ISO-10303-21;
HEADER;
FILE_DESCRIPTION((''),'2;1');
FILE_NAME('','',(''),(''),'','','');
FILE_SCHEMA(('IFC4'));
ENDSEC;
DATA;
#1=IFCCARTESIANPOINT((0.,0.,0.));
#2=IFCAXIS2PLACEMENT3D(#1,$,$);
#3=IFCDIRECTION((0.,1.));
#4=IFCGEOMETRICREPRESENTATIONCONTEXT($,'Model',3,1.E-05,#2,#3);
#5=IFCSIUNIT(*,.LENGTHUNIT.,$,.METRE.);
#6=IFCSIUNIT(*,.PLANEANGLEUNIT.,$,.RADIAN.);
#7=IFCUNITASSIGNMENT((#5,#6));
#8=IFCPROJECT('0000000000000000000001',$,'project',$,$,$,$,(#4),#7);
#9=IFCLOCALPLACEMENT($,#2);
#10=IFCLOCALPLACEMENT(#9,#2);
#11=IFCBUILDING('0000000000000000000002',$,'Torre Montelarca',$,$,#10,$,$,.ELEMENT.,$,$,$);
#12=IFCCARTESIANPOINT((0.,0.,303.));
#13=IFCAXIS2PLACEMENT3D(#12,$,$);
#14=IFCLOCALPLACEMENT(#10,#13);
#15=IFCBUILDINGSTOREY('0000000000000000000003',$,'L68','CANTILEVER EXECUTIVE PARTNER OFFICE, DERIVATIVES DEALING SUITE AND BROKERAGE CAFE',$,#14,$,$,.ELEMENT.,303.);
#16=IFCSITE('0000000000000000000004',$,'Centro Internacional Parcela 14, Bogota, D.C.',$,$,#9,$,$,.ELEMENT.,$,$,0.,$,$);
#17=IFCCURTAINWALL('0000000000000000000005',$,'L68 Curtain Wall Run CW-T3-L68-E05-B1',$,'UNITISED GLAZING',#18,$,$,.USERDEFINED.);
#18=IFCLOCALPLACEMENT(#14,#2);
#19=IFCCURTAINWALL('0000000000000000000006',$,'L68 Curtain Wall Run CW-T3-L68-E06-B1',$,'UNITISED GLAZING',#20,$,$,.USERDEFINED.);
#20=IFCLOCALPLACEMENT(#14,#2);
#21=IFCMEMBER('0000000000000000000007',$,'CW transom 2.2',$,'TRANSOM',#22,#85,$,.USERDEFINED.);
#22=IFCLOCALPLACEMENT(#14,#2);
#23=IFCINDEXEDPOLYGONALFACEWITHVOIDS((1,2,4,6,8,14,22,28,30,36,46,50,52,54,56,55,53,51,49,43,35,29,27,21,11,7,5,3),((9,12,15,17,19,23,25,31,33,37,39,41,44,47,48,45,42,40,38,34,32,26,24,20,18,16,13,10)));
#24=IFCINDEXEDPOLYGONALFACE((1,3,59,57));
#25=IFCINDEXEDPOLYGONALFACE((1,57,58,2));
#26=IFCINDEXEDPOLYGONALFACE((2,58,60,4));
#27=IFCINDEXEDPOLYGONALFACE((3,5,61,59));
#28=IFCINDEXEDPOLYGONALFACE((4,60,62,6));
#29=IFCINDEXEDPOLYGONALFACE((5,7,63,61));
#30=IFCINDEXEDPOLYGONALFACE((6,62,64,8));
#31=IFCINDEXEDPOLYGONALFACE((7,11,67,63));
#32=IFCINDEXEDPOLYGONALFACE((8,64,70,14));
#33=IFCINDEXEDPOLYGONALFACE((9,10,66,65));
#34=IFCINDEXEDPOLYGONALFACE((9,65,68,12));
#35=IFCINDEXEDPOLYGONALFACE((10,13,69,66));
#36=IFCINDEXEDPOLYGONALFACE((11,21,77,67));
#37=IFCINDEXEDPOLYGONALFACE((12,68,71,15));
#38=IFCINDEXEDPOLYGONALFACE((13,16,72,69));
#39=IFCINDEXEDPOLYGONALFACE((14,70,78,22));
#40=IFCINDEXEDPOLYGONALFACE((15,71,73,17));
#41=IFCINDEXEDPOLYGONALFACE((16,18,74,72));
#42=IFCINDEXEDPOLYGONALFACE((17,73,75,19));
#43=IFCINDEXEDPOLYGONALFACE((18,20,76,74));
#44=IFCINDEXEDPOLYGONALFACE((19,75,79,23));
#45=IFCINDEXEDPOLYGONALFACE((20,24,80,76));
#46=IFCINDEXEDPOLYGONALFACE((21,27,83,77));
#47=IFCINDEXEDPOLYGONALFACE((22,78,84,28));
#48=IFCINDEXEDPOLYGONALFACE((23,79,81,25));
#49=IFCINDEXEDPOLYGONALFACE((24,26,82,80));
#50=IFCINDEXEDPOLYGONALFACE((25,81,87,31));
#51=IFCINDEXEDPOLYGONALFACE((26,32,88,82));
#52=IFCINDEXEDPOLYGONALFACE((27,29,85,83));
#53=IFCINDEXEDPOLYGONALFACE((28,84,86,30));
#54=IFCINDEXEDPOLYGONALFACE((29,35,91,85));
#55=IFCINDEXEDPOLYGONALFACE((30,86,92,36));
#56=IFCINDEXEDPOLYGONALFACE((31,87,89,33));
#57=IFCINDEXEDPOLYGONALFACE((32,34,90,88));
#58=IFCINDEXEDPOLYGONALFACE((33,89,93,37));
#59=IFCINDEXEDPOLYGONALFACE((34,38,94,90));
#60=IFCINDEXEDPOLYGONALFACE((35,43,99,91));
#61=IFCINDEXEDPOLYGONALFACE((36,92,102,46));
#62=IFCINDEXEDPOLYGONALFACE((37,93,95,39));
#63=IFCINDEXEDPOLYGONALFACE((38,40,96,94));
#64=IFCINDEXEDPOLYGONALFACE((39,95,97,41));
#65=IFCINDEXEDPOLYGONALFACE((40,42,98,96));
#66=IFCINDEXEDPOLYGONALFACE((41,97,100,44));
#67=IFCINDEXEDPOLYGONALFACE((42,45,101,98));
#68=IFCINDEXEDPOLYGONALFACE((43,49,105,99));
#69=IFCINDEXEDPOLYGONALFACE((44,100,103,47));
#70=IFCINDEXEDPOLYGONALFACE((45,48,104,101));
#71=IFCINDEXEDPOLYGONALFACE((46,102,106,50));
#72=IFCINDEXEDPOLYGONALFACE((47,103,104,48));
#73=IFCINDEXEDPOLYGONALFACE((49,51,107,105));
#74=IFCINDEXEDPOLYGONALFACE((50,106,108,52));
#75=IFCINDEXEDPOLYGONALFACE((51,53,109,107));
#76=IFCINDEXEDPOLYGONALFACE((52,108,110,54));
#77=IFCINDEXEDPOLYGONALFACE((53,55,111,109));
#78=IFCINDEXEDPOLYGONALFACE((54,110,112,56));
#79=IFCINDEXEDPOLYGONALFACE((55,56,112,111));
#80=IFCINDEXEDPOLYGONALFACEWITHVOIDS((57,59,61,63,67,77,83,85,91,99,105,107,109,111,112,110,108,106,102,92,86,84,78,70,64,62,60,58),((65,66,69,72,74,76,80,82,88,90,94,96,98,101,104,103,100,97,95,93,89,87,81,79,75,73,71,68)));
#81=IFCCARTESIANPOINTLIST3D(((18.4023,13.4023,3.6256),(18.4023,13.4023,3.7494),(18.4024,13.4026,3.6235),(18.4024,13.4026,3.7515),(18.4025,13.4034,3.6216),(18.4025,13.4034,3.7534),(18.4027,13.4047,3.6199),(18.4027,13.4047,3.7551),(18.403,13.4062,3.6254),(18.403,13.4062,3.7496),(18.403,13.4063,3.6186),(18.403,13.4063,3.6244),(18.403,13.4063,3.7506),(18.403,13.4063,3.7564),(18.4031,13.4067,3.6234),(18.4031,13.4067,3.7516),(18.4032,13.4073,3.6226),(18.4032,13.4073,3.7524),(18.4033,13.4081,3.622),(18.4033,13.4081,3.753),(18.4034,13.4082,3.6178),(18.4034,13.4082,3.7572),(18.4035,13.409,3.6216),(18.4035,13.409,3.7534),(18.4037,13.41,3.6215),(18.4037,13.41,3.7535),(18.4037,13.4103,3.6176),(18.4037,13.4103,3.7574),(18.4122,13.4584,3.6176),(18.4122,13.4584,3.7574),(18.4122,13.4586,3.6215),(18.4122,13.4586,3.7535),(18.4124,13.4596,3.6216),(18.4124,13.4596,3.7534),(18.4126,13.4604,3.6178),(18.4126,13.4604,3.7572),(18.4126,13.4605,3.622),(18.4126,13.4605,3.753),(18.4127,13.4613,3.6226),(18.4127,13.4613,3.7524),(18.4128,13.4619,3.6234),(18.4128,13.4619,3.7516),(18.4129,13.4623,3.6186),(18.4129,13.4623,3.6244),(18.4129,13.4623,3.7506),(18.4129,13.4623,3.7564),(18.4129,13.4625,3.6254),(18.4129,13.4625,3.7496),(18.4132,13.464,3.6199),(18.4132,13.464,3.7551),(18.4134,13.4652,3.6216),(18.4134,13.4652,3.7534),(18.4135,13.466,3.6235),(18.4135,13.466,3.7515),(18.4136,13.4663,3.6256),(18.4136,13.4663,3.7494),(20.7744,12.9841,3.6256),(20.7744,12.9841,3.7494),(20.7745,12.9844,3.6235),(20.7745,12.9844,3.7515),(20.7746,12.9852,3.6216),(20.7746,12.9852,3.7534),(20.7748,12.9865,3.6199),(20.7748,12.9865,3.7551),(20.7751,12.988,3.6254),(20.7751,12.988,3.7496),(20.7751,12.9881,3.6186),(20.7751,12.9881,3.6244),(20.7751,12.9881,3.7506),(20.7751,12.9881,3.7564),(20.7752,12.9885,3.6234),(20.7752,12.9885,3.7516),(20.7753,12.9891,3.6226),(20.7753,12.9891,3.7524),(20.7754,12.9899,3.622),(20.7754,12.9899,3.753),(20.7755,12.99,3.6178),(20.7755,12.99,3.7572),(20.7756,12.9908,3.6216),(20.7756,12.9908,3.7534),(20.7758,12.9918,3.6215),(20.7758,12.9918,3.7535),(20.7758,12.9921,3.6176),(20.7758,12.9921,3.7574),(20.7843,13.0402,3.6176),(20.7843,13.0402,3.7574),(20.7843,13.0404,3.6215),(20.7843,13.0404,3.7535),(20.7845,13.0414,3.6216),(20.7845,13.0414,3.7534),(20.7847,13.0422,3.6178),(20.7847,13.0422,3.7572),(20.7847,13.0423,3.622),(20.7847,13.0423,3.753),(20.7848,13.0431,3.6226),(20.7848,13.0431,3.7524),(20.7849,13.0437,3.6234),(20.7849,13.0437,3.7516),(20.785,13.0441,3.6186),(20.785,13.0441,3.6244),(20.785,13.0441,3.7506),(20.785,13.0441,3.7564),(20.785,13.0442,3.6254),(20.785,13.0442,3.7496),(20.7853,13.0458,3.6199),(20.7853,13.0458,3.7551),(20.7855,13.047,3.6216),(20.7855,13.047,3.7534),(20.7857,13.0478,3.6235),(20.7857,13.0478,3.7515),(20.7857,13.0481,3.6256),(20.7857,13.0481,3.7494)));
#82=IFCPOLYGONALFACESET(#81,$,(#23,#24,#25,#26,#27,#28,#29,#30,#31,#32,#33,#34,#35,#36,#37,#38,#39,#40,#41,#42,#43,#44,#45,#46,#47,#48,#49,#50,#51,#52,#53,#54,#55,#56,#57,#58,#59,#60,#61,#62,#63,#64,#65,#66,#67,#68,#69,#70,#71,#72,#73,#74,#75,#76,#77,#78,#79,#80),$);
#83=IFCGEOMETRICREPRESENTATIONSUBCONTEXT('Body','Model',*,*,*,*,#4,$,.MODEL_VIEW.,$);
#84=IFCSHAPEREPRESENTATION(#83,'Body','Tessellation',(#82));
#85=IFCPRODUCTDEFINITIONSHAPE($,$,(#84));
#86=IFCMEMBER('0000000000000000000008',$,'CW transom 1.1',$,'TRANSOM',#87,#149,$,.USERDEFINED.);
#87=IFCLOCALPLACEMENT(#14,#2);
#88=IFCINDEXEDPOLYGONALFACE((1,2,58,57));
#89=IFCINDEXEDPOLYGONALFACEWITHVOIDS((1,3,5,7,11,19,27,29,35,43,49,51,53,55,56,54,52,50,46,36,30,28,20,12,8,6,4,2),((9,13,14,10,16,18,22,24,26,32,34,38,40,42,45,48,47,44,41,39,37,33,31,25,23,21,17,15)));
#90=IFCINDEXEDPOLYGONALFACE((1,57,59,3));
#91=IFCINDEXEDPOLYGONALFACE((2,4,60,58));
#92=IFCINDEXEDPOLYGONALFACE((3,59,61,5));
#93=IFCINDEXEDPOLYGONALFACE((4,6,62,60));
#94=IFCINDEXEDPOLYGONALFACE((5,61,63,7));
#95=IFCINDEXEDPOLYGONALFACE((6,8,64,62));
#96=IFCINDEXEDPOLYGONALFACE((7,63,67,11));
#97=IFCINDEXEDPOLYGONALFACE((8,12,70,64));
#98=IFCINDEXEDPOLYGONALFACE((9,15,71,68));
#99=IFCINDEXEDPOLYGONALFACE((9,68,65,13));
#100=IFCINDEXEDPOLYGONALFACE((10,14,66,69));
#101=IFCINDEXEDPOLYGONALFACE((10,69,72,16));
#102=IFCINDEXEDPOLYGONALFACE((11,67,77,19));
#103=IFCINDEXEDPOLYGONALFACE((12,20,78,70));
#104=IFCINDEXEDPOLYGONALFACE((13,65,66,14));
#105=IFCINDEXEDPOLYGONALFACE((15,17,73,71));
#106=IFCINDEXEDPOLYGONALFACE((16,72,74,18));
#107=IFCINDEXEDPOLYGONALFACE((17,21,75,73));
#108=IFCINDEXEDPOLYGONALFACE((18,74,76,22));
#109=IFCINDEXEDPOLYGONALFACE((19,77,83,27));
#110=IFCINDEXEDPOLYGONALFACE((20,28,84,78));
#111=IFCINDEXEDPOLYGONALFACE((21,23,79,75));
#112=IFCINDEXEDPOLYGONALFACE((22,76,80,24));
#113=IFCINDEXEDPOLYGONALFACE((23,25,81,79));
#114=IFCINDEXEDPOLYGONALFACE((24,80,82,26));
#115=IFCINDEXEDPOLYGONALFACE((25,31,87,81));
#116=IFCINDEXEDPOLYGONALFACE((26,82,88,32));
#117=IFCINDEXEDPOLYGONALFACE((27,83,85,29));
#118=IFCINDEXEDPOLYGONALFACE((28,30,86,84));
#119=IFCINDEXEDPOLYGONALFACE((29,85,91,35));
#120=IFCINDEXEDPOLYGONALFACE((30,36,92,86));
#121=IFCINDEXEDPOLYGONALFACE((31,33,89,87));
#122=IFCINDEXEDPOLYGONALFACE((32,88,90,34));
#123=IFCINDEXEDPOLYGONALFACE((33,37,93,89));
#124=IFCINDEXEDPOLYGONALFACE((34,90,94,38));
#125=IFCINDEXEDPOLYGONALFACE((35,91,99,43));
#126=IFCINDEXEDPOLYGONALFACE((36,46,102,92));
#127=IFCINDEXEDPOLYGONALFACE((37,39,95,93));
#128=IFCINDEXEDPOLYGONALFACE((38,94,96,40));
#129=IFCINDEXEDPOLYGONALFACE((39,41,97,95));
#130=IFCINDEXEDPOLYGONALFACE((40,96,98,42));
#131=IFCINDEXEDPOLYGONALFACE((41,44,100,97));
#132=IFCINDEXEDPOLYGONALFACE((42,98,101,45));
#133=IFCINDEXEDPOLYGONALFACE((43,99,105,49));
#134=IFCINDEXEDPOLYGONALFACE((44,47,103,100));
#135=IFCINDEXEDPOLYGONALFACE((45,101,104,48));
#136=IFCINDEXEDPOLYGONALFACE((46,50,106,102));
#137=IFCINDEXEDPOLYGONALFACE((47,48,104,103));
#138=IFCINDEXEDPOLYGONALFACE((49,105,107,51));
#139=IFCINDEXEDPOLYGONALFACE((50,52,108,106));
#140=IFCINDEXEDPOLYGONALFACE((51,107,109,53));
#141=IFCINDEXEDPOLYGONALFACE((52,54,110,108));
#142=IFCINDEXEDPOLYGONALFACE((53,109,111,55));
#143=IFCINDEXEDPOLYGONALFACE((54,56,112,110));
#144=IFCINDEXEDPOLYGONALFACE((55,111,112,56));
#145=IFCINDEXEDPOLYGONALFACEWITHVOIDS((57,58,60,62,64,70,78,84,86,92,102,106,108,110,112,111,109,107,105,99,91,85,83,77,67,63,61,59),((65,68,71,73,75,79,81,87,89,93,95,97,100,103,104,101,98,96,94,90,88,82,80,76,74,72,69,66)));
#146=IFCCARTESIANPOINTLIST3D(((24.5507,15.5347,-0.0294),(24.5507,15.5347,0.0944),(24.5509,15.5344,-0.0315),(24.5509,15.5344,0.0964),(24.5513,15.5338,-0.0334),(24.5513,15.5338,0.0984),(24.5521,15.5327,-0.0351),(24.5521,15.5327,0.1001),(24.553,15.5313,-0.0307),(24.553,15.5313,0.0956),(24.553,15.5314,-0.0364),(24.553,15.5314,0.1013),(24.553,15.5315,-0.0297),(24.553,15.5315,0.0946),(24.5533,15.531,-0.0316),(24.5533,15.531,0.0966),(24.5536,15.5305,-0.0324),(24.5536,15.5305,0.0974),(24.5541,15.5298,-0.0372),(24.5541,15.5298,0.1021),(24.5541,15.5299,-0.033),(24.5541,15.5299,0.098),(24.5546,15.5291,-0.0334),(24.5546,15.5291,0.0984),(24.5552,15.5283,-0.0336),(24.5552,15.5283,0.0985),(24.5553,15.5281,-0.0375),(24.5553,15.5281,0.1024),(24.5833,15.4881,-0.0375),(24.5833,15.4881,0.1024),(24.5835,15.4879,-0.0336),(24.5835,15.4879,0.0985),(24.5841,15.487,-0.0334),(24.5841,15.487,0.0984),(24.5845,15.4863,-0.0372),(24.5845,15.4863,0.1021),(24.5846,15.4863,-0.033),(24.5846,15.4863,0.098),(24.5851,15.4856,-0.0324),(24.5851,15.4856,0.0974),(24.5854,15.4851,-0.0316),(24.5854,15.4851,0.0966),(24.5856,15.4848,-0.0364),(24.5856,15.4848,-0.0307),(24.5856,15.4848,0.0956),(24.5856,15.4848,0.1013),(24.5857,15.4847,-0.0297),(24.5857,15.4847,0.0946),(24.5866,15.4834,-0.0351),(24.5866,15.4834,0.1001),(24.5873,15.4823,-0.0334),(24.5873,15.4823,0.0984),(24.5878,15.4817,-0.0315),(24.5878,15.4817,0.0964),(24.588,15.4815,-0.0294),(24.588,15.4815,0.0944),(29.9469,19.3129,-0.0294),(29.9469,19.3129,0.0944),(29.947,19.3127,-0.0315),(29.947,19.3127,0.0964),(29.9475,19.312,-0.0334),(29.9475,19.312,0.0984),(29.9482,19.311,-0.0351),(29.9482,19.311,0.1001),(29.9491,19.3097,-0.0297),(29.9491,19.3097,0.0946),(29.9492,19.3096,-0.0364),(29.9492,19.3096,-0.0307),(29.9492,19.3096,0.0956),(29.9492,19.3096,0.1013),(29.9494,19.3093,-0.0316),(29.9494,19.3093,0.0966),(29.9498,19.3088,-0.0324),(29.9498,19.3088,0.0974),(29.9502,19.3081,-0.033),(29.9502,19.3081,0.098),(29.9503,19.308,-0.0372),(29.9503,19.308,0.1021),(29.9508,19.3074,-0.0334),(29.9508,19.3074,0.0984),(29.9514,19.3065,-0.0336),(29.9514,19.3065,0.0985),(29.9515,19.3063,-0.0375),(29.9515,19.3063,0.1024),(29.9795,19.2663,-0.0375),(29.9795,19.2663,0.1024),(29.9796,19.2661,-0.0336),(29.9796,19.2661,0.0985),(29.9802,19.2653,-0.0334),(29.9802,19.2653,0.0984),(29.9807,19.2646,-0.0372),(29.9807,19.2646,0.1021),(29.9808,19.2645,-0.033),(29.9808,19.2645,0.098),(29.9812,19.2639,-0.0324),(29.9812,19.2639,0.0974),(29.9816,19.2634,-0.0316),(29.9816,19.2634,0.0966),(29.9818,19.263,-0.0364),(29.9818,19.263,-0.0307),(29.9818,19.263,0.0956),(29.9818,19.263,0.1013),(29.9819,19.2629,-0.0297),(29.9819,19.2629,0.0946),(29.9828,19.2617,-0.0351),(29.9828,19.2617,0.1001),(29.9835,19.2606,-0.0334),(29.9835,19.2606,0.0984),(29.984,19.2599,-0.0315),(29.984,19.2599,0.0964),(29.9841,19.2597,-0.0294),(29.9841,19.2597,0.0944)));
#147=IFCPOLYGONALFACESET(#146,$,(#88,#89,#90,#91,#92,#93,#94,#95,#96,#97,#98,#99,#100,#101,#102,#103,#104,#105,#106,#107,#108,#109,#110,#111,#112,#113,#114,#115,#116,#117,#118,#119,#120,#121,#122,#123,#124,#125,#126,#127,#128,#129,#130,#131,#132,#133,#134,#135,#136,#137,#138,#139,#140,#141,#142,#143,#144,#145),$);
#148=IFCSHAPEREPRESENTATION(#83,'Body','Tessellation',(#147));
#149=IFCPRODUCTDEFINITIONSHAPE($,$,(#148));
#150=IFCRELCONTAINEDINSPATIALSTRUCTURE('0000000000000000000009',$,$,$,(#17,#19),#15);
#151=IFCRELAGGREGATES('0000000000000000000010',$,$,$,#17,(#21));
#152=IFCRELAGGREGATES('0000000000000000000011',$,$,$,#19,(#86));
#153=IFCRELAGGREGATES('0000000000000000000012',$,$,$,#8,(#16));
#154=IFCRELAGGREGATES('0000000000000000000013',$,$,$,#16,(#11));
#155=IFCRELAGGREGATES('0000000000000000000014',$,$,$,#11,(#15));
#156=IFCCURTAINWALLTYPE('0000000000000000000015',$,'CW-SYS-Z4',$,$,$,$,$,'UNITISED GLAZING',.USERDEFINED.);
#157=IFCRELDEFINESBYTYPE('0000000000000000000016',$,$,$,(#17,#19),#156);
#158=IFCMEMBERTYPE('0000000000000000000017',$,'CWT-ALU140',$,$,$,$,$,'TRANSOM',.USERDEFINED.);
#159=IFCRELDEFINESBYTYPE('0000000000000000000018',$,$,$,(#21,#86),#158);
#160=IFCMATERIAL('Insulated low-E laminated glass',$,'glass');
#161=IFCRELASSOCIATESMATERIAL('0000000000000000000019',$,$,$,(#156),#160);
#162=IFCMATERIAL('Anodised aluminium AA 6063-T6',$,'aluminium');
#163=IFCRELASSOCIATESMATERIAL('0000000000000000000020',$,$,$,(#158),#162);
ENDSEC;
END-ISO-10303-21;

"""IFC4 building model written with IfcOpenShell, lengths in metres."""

from ifc_helpers import new_model, si_unit, direction, frame, origin, origin_2d, place, context, subcontext, project, spatial, hollow_rectangle, extrude, source, transform, mapped, material, material_profile, profile_set, type_object, element, aggregate, save


model = new_model("IFC4")

# Units and contexts
model_context = context("Model", 3, precision=1e-05, world=origin(), true_north=direction((0.0, 1.0)))
body_context = subcontext(model_context, "Body", "Model", "MODEL_VIEW")
ifc_project = project(units=[si_unit("LENGTHUNIT", "METRE"), si_unit("PLANEANGLEUNIT", "RADIAN")], contexts=[model_context])

# Site, building, storey
site_placement = place(None, origin())
site = spatial("IfcSite", under=ifc_project, at=site_placement, Name="Centro Internacional Parcela 14, Bogota, D.C.", CompositionType="ELEMENT", RefElevation=0.0)
building_placement = place(site_placement, origin())
building = spatial("IfcBuilding", under=site, at=building_placement, Name="Torre Montelarca", CompositionType="ELEMENT")
storey_placement = place(building_placement, frame((0.0, 0.0, 303.0)))
storey = spatial("IfcBuildingStorey", under=building, at=storey_placement, Name="L68", Description="CANTILEVER EXECUTIVE PARTNER OFFICE, DERIVATIVES DEALING SUITE AND BROKERAGE CAFE", CompositionType="ELEMENT", Elevation=303.0)

# Curtain walls
ifc_material_1 = material(Name="Insulated low-E laminated glass", Category="glass")
curtain_wall_type = type_object("IfcCurtainWallType", Name="CW-SYS-Z4", ElementType="UNITISED GLAZING", PredefinedType="USERDEFINED", material=ifc_material_1)
curtain_wall_1_placement = place(storey_placement, origin())
curtain_wall_1 = element("IfcCurtainWall", 1, at=curtain_wall_1_placement, inside=storey, type_object=curtain_wall_type, Name="L68 Curtain Wall Run CW-T3-L68-E05-B1", ObjectType="UNITISED GLAZING", PredefinedType="USERDEFINED")
ifc_material_2 = material(Name="Anodised aluminium AA 6063-T6", Category="aluminium")
curtain_wall_2_placement = place(storey_placement, origin())
curtain_wall_2 = element("IfcCurtainWall", 2, at=curtain_wall_2_placement, inside=storey, type_object=curtain_wall_type, Name="L68 Curtain Wall Run CW-T3-L68-E06-B1", ObjectType="UNITISED GLAZING", PredefinedType="USERDEFINED")

# Members
ifc_material_profile_1 = material_profile(ifc_material_2, hollow_rectangle(XDim=0.0649, YDim=0.1399, WallThickness=0.0039, InnerFilletRadius=0.0039, OuterFilletRadius=0.0081, at=origin_2d()), Name="ALU65X140X4", Category="aluminium")
ifc_profile_set_1 = profile_set([ifc_material_profile_1], Name="Anodised aluminium AA 6063-T6")
member_type_1 = type_object("IfcMemberType", Name="CWT-ALU140", ElementType="TRANSOM", PredefinedType="USERDEFINED", material=ifc_profile_set_1)
shared_shape_1 = source(origin(), body_context, "Body", "SweptSolid", [
    extrude(hollow_rectangle(XDim=0.0649, YDim=0.1399, WallThickness=0.0039, InnerFilletRadius=0.0039, OuterFilletRadius=0.0081, at=origin_2d()), origin(), (0.0, 0.0, 1.0), 2.4087),
])
member_1_placement = place(storey_placement, frame((18.408, 13.4343, 3.6875), z_axis=(0.984811, -0.173629, 0.0), x_axis=(0.173629, 0.984811, 0.0)))
member_1 = element("IfcMember", 3, at=member_1_placement, type_object=member_type_1, Name="CW transom 2.2", ObjectType="TRANSOM", PredefinedType="USERDEFINED", context=body_context, shape_type="MappedRepresentation", body=[
    mapped(shared_shape_1, transform((0.0, 0.0, 0.0), scale=1.0)),
])
shared_shape_2 = source(origin(), body_context, "Body", "SweptSolid", [
    extrude(hollow_rectangle(XDim=0.0649, YDim=0.1399, WallThickness=0.0039, InnerFilletRadius=0.0039, OuterFilletRadius=0.0081, at=origin_2d()), origin(), (0.0, 0.0, 1.0), 6.5874),
])
member_2_placement = place(storey_placement, frame((24.5693, 15.5081, 0.0325), z_axis=(0.819164, 0.573559, 0.0), x_axis=(-0.573559, 0.819164, 0.0)))
member_2 = element("IfcMember", 4, at=member_2_placement, type_object=member_type_1, Name="CW transom 1.1", ObjectType="TRANSOM", PredefinedType="USERDEFINED", context=body_context, shape_type="MappedRepresentation", body=[
    mapped(shared_shape_2, transform((0.0, 0.0, 0.0), scale=1.0)),
])

aggregate(curtain_wall_1, [member_1])
aggregate(curtain_wall_2, [member_2])

save(model, "model.ifc")
